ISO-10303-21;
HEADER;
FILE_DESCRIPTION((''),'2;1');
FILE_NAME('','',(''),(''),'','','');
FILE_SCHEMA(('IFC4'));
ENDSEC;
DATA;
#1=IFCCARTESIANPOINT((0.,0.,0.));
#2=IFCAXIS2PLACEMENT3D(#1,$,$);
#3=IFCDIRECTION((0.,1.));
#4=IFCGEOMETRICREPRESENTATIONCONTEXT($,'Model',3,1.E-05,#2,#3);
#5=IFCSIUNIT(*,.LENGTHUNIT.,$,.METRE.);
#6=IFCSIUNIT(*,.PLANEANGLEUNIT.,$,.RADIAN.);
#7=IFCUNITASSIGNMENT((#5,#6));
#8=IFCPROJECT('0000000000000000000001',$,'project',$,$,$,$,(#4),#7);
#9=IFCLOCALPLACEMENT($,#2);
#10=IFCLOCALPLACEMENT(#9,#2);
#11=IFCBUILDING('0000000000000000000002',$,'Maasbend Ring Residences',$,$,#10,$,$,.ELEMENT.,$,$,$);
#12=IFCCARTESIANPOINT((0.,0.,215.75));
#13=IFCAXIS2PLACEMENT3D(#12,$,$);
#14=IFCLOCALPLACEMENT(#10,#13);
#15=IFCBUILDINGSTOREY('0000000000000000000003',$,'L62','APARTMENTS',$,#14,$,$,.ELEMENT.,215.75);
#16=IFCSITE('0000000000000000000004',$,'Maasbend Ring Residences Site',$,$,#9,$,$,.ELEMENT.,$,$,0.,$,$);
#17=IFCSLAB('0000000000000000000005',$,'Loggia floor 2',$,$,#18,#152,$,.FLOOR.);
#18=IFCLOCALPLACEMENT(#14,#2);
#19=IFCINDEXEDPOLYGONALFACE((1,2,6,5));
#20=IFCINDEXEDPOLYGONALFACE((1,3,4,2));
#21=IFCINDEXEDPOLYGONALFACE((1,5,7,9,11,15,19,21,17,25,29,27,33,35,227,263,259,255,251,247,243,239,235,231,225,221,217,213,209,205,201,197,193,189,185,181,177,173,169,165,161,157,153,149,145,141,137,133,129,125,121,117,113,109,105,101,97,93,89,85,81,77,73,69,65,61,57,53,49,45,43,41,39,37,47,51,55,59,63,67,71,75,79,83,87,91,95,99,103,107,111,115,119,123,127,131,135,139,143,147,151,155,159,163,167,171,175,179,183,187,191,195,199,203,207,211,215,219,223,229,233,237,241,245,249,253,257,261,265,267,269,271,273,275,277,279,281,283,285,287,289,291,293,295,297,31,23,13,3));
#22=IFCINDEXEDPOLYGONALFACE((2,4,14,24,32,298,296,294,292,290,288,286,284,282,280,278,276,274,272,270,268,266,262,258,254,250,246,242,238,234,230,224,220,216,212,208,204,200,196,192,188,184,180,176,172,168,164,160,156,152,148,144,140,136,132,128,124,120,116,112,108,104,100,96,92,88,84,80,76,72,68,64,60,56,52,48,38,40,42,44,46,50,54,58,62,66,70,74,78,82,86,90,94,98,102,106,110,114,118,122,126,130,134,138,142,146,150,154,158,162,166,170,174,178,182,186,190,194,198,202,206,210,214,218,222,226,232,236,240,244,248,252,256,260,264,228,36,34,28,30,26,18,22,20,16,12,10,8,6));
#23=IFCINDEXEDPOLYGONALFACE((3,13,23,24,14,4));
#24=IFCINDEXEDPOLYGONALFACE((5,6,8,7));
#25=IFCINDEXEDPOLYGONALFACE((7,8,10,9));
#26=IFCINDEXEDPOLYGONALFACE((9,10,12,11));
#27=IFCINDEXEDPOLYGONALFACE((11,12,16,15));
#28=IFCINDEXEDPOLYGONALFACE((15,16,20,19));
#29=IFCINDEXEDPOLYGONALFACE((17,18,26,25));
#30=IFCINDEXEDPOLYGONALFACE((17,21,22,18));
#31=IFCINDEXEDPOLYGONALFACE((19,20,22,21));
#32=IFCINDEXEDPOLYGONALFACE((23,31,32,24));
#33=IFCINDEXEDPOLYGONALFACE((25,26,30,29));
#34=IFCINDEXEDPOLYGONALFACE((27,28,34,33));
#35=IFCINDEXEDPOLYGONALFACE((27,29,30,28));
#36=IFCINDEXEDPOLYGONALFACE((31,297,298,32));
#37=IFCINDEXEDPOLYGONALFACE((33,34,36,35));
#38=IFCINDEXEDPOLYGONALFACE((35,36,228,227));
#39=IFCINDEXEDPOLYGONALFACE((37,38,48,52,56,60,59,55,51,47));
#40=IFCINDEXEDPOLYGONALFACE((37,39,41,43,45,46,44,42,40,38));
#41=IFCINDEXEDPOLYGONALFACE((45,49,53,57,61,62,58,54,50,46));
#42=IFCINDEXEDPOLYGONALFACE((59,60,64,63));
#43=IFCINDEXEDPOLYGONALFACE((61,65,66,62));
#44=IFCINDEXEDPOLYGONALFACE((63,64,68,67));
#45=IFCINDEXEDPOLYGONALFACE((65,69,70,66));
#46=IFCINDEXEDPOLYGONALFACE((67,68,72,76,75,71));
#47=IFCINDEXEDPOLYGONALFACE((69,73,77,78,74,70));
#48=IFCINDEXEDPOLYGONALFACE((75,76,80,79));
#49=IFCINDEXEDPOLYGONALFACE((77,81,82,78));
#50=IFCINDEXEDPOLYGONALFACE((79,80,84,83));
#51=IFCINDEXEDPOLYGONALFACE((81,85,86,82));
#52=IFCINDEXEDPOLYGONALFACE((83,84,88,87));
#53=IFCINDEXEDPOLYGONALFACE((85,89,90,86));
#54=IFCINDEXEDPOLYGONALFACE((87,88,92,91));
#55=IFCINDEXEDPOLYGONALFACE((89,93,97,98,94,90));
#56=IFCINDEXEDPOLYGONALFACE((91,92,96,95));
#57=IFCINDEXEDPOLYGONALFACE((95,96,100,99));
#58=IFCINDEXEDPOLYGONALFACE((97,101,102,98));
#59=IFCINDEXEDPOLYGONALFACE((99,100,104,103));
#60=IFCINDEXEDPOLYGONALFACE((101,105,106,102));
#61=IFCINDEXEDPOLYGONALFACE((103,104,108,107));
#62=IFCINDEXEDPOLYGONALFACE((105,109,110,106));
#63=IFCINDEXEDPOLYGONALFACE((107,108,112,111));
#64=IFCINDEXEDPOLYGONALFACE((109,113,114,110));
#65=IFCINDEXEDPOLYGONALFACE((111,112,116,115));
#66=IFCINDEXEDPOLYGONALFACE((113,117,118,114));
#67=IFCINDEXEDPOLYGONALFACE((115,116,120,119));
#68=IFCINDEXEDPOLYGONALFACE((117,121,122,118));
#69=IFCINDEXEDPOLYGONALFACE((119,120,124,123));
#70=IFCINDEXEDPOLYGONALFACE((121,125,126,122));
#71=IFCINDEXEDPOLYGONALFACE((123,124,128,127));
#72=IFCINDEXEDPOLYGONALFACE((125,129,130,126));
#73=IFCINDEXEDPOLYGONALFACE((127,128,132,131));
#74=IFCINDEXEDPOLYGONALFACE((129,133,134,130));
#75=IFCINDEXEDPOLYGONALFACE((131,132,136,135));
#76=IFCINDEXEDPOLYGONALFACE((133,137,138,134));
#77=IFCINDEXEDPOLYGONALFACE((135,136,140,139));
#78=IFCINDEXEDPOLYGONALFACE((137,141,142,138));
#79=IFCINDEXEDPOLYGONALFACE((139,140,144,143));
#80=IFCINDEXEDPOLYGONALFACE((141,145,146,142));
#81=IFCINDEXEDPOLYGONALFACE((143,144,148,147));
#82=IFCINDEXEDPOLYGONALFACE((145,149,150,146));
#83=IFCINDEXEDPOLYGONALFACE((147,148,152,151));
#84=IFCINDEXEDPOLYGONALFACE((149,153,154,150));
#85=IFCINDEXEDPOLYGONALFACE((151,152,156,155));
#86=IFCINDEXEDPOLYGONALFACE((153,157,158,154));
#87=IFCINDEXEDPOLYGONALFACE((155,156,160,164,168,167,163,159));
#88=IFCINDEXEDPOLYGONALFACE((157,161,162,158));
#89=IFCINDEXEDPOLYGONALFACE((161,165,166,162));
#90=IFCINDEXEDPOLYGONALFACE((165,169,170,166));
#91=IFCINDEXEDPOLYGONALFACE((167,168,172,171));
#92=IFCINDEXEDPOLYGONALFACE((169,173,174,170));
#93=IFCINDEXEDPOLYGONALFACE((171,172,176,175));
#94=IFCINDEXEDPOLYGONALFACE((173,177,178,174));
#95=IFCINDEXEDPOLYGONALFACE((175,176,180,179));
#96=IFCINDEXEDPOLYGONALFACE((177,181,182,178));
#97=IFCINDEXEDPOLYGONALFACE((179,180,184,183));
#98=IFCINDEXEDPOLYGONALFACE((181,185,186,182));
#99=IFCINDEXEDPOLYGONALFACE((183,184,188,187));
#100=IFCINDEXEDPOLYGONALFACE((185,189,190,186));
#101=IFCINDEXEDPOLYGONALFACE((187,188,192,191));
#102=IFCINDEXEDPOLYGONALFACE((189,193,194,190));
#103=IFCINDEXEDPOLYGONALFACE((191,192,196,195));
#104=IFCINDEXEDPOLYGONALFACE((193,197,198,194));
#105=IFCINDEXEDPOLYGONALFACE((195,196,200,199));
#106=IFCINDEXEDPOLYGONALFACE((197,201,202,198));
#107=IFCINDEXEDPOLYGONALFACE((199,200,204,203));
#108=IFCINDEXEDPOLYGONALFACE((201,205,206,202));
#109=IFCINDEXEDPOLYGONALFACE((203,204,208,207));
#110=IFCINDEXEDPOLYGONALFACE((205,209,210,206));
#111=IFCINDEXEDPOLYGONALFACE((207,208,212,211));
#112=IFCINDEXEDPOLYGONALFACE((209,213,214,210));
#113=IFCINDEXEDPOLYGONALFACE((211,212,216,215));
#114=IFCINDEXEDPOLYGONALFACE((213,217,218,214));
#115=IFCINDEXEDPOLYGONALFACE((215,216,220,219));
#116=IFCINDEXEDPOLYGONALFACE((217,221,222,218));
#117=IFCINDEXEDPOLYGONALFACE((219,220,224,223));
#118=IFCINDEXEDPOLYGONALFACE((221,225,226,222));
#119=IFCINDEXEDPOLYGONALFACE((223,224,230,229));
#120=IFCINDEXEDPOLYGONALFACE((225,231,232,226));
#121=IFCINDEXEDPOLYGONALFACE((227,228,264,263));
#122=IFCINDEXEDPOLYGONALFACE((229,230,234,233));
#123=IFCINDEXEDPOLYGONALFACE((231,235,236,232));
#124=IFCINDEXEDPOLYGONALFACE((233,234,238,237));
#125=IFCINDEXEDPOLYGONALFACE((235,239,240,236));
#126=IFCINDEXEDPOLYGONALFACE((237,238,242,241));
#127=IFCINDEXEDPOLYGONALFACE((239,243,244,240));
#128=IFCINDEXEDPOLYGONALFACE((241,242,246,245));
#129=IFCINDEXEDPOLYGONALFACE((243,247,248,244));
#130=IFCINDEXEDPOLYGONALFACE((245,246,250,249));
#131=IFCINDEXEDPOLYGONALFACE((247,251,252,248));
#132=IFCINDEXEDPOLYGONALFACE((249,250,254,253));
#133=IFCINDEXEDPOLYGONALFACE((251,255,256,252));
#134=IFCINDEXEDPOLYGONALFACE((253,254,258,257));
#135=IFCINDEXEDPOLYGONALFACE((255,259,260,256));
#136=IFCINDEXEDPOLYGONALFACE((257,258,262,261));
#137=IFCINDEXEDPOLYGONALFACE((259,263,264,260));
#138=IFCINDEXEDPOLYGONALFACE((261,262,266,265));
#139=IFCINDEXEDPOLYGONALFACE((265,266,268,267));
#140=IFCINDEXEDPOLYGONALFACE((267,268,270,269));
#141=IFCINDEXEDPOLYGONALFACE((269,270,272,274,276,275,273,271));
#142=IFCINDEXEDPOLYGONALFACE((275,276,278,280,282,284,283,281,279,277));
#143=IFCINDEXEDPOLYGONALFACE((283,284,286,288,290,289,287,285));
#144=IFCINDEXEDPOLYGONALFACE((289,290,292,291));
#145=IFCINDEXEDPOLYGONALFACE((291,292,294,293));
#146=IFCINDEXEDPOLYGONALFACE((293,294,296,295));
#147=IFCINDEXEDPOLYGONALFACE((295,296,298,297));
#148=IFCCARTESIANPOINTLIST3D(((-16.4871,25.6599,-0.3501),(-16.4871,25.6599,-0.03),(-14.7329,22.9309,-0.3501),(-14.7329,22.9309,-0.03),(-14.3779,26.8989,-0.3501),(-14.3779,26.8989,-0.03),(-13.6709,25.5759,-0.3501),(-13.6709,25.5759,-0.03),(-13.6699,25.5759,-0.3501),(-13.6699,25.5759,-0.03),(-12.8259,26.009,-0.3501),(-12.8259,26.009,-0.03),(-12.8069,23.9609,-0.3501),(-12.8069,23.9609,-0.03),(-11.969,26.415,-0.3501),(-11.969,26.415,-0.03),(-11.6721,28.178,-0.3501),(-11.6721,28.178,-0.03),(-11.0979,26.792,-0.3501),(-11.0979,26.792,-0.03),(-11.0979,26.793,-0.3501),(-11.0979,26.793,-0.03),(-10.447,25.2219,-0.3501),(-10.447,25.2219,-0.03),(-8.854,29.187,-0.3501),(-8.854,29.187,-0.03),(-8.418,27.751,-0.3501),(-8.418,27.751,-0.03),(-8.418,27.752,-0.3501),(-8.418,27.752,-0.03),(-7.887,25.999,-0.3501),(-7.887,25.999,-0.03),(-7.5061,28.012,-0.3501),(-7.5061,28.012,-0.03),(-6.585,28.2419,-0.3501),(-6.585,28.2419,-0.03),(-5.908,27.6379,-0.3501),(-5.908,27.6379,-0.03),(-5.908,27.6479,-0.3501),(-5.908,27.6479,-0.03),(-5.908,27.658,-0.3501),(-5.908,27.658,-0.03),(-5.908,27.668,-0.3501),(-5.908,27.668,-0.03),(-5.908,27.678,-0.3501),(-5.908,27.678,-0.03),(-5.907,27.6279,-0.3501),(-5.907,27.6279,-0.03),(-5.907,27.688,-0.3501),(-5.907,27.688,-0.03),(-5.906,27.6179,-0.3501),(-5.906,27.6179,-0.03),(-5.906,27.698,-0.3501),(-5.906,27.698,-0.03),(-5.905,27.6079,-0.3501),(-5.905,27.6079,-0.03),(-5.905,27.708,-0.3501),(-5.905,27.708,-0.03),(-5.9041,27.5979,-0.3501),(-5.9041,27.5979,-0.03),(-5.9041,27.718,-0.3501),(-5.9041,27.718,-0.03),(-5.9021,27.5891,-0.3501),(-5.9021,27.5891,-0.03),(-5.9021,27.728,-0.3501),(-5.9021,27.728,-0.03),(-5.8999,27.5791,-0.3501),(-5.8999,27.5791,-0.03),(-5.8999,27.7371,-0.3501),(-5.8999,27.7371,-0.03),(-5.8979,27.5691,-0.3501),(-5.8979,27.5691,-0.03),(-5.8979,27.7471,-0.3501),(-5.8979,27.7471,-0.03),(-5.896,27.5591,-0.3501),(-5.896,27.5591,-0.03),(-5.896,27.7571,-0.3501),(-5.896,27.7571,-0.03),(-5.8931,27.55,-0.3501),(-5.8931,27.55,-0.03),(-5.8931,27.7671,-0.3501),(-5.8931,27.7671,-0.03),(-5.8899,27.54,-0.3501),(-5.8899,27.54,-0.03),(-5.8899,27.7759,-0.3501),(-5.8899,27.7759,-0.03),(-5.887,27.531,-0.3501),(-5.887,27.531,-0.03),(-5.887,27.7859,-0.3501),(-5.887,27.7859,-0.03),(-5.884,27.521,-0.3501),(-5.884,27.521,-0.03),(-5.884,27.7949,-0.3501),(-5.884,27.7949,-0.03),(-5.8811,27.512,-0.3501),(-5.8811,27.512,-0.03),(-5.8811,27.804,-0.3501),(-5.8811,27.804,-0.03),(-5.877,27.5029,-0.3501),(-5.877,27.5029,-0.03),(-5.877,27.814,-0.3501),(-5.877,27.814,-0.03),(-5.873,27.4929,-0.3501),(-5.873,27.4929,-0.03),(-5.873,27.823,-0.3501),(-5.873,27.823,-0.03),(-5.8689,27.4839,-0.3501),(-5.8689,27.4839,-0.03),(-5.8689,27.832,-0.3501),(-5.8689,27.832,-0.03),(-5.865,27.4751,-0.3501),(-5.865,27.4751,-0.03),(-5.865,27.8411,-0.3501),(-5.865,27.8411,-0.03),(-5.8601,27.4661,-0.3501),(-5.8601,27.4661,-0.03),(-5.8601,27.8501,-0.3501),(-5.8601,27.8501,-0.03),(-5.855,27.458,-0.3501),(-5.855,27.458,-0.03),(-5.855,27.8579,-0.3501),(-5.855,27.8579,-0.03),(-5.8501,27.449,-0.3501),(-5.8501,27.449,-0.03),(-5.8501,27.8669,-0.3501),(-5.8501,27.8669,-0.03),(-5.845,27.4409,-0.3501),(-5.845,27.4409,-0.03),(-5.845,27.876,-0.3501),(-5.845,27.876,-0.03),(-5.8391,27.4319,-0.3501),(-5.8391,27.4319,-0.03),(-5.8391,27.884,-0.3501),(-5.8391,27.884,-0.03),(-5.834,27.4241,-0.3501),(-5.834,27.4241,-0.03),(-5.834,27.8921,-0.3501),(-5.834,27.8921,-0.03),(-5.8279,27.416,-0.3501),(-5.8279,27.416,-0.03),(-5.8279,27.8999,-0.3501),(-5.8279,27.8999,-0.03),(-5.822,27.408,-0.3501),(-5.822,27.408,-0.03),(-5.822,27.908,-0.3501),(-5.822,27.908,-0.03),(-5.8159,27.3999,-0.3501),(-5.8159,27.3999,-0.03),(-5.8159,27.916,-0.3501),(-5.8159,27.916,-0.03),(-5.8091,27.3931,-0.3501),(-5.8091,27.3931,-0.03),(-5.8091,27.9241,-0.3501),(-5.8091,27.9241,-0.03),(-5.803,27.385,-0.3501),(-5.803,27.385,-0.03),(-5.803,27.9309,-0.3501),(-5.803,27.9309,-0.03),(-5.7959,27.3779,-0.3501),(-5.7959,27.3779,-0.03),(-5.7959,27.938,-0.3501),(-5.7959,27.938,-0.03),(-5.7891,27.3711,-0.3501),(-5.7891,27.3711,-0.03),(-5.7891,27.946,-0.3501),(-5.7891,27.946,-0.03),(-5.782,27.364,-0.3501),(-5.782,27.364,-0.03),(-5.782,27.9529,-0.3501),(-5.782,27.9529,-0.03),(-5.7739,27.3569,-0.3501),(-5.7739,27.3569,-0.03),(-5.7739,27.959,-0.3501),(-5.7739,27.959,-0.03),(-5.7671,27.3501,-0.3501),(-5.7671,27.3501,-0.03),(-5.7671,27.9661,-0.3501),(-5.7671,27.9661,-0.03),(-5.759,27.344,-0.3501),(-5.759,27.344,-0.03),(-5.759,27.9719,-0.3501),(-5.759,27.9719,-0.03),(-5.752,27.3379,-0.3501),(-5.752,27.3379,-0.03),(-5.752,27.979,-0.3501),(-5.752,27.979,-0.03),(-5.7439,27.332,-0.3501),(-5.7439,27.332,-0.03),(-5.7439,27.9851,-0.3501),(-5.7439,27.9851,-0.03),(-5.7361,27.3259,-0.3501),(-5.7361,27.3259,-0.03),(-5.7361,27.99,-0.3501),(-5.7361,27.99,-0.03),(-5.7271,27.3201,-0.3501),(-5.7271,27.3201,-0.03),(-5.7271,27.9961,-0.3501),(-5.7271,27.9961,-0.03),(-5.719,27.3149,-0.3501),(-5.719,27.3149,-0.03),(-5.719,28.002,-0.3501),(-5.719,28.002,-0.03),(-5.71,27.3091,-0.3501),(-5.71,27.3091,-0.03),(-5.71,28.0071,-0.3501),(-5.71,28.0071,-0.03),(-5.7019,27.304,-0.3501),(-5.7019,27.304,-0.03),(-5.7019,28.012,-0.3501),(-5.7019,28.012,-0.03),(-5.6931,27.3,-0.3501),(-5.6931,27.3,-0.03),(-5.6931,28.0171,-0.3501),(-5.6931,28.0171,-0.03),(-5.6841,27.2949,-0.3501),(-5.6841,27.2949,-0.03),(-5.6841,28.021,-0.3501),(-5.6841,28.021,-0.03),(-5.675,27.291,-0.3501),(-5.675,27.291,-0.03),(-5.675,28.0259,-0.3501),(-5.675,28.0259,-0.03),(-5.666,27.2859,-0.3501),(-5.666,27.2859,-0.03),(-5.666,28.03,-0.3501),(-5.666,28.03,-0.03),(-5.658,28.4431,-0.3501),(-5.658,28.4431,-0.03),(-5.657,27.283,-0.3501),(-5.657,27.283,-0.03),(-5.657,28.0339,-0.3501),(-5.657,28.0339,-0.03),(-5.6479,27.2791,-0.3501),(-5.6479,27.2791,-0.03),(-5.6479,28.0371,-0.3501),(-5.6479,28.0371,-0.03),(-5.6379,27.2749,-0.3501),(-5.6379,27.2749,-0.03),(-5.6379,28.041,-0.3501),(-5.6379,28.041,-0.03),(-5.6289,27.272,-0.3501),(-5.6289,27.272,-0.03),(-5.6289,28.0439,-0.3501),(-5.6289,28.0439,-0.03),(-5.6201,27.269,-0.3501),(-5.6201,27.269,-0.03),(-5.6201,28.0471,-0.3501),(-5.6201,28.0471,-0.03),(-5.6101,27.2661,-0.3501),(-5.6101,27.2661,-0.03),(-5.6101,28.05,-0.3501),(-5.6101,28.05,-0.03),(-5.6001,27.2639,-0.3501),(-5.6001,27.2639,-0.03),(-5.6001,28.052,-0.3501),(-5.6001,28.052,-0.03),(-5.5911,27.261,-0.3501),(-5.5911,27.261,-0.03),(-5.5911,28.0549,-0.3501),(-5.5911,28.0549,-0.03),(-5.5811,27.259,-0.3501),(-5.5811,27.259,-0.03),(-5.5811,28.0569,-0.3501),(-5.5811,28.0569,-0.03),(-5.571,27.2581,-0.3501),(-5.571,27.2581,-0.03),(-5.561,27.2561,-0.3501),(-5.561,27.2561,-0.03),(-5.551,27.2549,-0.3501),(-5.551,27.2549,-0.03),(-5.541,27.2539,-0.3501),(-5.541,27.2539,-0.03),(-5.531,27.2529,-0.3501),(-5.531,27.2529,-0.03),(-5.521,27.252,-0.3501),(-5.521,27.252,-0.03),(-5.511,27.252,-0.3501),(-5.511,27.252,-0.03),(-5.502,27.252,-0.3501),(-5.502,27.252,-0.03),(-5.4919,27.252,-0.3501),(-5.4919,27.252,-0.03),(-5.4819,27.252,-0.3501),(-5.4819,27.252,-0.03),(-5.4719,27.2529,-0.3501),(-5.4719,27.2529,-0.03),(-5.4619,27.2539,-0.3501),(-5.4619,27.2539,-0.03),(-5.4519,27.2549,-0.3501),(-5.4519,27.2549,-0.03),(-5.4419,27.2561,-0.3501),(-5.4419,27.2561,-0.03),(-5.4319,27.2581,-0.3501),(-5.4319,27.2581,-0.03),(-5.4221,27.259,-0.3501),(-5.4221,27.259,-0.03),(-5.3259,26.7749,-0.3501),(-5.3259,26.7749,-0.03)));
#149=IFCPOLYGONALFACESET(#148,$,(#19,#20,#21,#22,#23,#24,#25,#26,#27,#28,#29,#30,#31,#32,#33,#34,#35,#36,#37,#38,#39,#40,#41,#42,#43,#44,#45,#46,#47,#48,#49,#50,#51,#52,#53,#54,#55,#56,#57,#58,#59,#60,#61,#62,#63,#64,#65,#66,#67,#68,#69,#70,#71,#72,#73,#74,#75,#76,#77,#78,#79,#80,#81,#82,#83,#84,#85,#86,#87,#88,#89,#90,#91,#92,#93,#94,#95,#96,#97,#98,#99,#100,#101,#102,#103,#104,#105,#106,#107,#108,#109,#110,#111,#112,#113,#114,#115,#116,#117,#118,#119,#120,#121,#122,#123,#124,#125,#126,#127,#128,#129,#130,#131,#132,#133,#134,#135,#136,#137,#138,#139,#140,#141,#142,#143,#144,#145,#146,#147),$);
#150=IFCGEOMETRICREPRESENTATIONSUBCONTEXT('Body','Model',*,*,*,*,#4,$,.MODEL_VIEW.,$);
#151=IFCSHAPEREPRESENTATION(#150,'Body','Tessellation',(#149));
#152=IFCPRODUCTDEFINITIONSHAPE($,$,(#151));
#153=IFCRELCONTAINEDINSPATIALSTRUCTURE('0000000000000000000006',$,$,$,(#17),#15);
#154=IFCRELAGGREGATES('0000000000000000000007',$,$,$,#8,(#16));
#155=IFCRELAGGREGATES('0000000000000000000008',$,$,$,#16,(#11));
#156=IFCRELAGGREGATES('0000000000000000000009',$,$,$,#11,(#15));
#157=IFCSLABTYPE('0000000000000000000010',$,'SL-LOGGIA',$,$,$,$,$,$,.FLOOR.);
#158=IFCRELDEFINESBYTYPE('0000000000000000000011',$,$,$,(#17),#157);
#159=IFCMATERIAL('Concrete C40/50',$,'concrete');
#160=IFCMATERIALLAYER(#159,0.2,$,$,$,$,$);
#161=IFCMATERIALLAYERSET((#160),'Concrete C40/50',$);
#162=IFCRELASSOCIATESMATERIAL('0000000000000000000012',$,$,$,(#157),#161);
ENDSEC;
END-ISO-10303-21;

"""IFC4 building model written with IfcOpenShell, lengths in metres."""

from ifc_helpers import new_model, si_unit, direction, frame, origin, place, context, subcontext, project, spatial, polyline, outline, extrude, material, layer, layer_set, type_object, element, save


model = new_model("IFC4")

# Units and contexts
model_context = context("Model", 3, precision=1e-05, world=origin(), true_north=direction((0.0, 1.0)))
body_context = subcontext(model_context, "Body", "Model", "MODEL_VIEW")
ifc_project = project(units=[si_unit("LENGTHUNIT", "METRE"), si_unit("PLANEANGLEUNIT", "RADIAN")], contexts=[model_context])

# Site, building, storey
site_placement = place(None, origin())
site = spatial("IfcSite", under=ifc_project, at=site_placement, Name="Maasbend Ring Residences Site", CompositionType="ELEMENT", RefElevation=0.0)
building_placement = place(site_placement, origin())
building = spatial("IfcBuilding", under=site, at=building_placement, Name="Maasbend Ring Residences", CompositionType="ELEMENT")
storey_placement = place(building_placement, frame((0.0, 0.0, 215.75)))
storey = spatial("IfcBuildingStorey", under=building, at=storey_placement, Name="L62", Description="APARTMENTS", CompositionType="ELEMENT", Elevation=215.75)

# Slab
ifc_material_1 = material(Name="Concrete C40/50", Category="concrete")
ifc_layer_1 = layer(ifc_material_1, 0.2)
ifc_layer_set_1 = layer_set([ifc_layer_1], Name="Concrete C40/50")
slab_type_1 = type_object("IfcSlabType", Name="SL-LOGGIA", PredefinedType="FLOOR", material=ifc_layer_set_1)
slab_1_placement = place(storey_placement, frame((0.0, 0.0, -0.3501)))
element("IfcSlab", 1, at=slab_1_placement, inside=storey, type_object=slab_type_1, Name="Loggia floor 2", PredefinedType="FLOOR", context=body_context, shape_type="SweptSolid", body=[
    extrude(outline(polyline([(-13.6709, 25.5759), (-13.6709, 25.5759), (-13.6709, 25.5759), (-13.6709, 25.5759), (-13.6709, 25.5759), (-13.6709, 25.5759), (-13.6709, 25.5759), (-13.6699, 25.5759), (-13.6699, 25.5759), (-13.6699, 25.5759), (-13.6699, 25.5759), (-13.6699, 25.5759), (-13.6699, 25.5759), (-13.6699, 25.5759), (-13.6699, 25.5759), (-13.6699, 25.5759), (-13.6699, 25.5759), (-12.8259, 26.009), (-12.8259, 26.009), (-11.969, 26.415), (-11.969, 26.415), (-11.0979, 26.792), (-11.0979, 26.792), (-11.0979, 26.792), (-11.0979, 26.792), (-11.0979, 26.792), (-11.0979, 26.792), (-11.0979, 26.792), (-11.0979, 26.793), (-11.0979, 26.793), (-11.0979, 26.793), (-11.0979, 26.793), (-11.0979, 26.793), (-11.0979, 26.793), (-11.0979, 26.793), (-11.0979, 26.793), (-11.0979, 26.793), (-11.0979, 26.793), (-11.6721, 28.178), (-11.6721, 28.178), (-11.6721, 28.178), (-8.854, 29.187), (-8.854, 29.187), (-8.854, 29.187), (-8.418, 27.752), (-8.418, 27.752), (-8.418, 27.752), (-8.418, 27.752), (-8.418, 27.752), (-8.418, 27.752), (-8.418, 27.752), (-8.418, 27.751), (-8.418, 27.751), (-8.418, 27.751), (-8.418, 27.751), (-8.418, 27.751), (-8.418, 27.751), (-8.418, 27.751), (-8.418, 27.751), (-8.418, 27.751), (-8.418, 27.751), (-7.5061, 28.012), (-7.5061, 28.012), (-6.585, 28.2419), (-6.585, 28.2419), (-5.658, 28.4431), (-5.658, 28.4431), (-5.658, 28.4431), (-5.5811, 28.0569), (-5.5911, 28.0549), (-5.6001, 28.052), (-5.6101, 28.05), (-5.6201, 28.0471), (-5.6289, 28.0439), (-5.6379, 28.041), (-5.6479, 28.0371), (-5.657, 28.0339), (-5.666, 28.03), (-5.675, 28.0259), (-5.6841, 28.021), (-5.6931, 28.0171), (-5.7019, 28.012), (-5.71, 28.0071), (-5.719, 28.002), (-5.7271, 27.9961), (-5.7361, 27.99), (-5.7439, 27.9851), (-5.752, 27.979), (-5.759, 27.9719), (-5.7671, 27.9661), (-5.7739, 27.959), (-5.782, 27.9529), (-5.7891, 27.946), (-5.7959, 27.938), (-5.803, 27.9309), (-5.8091, 27.9241), (-5.8159, 27.916), (-5.822, 27.908), (-5.8279, 27.8999), (-5.834, 27.8921), (-5.8391, 27.884), (-5.845, 27.876), (-5.8501, 27.8669), (-5.855, 27.8579), (-5.8601, 27.8501), (-5.865, 27.8411), (-5.8689, 27.832), (-5.873, 27.823), (-5.877, 27.814), (-5.8811, 27.804), (-5.884, 27.7949), (-5.887, 27.7859), (-5.8899, 27.7759), (-5.8931, 27.7671), (-5.896, 27.7571), (-5.8979, 27.7471), (-5.8999, 27.7371), (-5.9021, 27.728), (-5.9041, 27.718), (-5.905, 27.708), (-5.906, 27.698), (-5.907, 27.688), (-5.908, 27.678), (-5.908, 27.668), (-5.908, 27.658), (-5.908, 27.6479), (-5.908, 27.6379), (-5.907, 27.6279), (-5.906, 27.6179), (-5.905, 27.6079), (-5.9041, 27.5979), (-5.9021, 27.5891), (-5.8999, 27.5791), (-5.8979, 27.5691), (-5.896, 27.5591), (-5.8931, 27.55), (-5.8899, 27.54), (-5.887, 27.531), (-5.884, 27.521), (-5.8811, 27.512), (-5.877, 27.5029), (-5.873, 27.4929), (-5.8689, 27.4839), (-5.865, 27.4751), (-5.8601, 27.4661), (-5.855, 27.458), (-5.8501, 27.449), (-5.845, 27.4409), (-5.8391, 27.4319), (-5.834, 27.4241), (-5.8279, 27.416), (-5.822, 27.408), (-5.8159, 27.3999), (-5.8091, 27.3931), (-5.803, 27.385), (-5.7959, 27.3779), (-5.7891, 27.3711), (-5.782, 27.364), (-5.7739, 27.3569), (-5.7671, 27.3501), (-5.759, 27.344), (-5.752, 27.3379), (-5.7439, 27.332), (-5.7361, 27.3259), (-5.7271, 27.3201), (-5.719, 27.3149), (-5.71, 27.3091), (-5.7019, 27.304), (-5.6931, 27.3), (-5.6841, 27.2949), (-5.675, 27.291), (-5.666, 27.2859), (-5.657, 27.283), (-5.6479, 27.2791), (-5.6379, 27.2749), (-5.6289, 27.272), (-5.6201, 27.269), (-5.6101, 27.2661), (-5.6001, 27.2639), (-5.5911, 27.261), (-5.5811, 27.259), (-5.571, 27.2581), (-5.561, 27.2561), (-5.551, 27.2549), (-5.541, 27.2539), (-5.531, 27.2529), (-5.521, 27.252), (-5.511, 27.252), (-5.502, 27.252), (-5.4919, 27.252), (-5.4819, 27.252), (-5.4719, 27.2529), (-5.4619, 27.2539), (-5.4519, 27.2549), (-5.4419, 27.2561), (-5.4319, 27.2581), (-5.4221, 27.259), (-5.3259, 26.7749), (-5.3259, 26.7749), (-5.3259, 26.7749), (-7.887, 25.999), (-10.447, 25.2219), (-10.447, 25.2219), (-10.447, 25.2219), (-12.8069, 23.9609), (-14.7329, 22.9309), (-14.7329, 22.9309), (-14.7329, 22.9309), (-16.4871, 25.6599), (-16.4871, 25.6599), (-16.4871, 25.6599), (-14.3779, 26.8989), (-14.3779, 26.8989), (-14.3779, 26.8989), (-13.6709, 25.5759)])), origin(), (0.0, 0.0, 1.0), 0.3201),
])

save(model, "model.ifc")
